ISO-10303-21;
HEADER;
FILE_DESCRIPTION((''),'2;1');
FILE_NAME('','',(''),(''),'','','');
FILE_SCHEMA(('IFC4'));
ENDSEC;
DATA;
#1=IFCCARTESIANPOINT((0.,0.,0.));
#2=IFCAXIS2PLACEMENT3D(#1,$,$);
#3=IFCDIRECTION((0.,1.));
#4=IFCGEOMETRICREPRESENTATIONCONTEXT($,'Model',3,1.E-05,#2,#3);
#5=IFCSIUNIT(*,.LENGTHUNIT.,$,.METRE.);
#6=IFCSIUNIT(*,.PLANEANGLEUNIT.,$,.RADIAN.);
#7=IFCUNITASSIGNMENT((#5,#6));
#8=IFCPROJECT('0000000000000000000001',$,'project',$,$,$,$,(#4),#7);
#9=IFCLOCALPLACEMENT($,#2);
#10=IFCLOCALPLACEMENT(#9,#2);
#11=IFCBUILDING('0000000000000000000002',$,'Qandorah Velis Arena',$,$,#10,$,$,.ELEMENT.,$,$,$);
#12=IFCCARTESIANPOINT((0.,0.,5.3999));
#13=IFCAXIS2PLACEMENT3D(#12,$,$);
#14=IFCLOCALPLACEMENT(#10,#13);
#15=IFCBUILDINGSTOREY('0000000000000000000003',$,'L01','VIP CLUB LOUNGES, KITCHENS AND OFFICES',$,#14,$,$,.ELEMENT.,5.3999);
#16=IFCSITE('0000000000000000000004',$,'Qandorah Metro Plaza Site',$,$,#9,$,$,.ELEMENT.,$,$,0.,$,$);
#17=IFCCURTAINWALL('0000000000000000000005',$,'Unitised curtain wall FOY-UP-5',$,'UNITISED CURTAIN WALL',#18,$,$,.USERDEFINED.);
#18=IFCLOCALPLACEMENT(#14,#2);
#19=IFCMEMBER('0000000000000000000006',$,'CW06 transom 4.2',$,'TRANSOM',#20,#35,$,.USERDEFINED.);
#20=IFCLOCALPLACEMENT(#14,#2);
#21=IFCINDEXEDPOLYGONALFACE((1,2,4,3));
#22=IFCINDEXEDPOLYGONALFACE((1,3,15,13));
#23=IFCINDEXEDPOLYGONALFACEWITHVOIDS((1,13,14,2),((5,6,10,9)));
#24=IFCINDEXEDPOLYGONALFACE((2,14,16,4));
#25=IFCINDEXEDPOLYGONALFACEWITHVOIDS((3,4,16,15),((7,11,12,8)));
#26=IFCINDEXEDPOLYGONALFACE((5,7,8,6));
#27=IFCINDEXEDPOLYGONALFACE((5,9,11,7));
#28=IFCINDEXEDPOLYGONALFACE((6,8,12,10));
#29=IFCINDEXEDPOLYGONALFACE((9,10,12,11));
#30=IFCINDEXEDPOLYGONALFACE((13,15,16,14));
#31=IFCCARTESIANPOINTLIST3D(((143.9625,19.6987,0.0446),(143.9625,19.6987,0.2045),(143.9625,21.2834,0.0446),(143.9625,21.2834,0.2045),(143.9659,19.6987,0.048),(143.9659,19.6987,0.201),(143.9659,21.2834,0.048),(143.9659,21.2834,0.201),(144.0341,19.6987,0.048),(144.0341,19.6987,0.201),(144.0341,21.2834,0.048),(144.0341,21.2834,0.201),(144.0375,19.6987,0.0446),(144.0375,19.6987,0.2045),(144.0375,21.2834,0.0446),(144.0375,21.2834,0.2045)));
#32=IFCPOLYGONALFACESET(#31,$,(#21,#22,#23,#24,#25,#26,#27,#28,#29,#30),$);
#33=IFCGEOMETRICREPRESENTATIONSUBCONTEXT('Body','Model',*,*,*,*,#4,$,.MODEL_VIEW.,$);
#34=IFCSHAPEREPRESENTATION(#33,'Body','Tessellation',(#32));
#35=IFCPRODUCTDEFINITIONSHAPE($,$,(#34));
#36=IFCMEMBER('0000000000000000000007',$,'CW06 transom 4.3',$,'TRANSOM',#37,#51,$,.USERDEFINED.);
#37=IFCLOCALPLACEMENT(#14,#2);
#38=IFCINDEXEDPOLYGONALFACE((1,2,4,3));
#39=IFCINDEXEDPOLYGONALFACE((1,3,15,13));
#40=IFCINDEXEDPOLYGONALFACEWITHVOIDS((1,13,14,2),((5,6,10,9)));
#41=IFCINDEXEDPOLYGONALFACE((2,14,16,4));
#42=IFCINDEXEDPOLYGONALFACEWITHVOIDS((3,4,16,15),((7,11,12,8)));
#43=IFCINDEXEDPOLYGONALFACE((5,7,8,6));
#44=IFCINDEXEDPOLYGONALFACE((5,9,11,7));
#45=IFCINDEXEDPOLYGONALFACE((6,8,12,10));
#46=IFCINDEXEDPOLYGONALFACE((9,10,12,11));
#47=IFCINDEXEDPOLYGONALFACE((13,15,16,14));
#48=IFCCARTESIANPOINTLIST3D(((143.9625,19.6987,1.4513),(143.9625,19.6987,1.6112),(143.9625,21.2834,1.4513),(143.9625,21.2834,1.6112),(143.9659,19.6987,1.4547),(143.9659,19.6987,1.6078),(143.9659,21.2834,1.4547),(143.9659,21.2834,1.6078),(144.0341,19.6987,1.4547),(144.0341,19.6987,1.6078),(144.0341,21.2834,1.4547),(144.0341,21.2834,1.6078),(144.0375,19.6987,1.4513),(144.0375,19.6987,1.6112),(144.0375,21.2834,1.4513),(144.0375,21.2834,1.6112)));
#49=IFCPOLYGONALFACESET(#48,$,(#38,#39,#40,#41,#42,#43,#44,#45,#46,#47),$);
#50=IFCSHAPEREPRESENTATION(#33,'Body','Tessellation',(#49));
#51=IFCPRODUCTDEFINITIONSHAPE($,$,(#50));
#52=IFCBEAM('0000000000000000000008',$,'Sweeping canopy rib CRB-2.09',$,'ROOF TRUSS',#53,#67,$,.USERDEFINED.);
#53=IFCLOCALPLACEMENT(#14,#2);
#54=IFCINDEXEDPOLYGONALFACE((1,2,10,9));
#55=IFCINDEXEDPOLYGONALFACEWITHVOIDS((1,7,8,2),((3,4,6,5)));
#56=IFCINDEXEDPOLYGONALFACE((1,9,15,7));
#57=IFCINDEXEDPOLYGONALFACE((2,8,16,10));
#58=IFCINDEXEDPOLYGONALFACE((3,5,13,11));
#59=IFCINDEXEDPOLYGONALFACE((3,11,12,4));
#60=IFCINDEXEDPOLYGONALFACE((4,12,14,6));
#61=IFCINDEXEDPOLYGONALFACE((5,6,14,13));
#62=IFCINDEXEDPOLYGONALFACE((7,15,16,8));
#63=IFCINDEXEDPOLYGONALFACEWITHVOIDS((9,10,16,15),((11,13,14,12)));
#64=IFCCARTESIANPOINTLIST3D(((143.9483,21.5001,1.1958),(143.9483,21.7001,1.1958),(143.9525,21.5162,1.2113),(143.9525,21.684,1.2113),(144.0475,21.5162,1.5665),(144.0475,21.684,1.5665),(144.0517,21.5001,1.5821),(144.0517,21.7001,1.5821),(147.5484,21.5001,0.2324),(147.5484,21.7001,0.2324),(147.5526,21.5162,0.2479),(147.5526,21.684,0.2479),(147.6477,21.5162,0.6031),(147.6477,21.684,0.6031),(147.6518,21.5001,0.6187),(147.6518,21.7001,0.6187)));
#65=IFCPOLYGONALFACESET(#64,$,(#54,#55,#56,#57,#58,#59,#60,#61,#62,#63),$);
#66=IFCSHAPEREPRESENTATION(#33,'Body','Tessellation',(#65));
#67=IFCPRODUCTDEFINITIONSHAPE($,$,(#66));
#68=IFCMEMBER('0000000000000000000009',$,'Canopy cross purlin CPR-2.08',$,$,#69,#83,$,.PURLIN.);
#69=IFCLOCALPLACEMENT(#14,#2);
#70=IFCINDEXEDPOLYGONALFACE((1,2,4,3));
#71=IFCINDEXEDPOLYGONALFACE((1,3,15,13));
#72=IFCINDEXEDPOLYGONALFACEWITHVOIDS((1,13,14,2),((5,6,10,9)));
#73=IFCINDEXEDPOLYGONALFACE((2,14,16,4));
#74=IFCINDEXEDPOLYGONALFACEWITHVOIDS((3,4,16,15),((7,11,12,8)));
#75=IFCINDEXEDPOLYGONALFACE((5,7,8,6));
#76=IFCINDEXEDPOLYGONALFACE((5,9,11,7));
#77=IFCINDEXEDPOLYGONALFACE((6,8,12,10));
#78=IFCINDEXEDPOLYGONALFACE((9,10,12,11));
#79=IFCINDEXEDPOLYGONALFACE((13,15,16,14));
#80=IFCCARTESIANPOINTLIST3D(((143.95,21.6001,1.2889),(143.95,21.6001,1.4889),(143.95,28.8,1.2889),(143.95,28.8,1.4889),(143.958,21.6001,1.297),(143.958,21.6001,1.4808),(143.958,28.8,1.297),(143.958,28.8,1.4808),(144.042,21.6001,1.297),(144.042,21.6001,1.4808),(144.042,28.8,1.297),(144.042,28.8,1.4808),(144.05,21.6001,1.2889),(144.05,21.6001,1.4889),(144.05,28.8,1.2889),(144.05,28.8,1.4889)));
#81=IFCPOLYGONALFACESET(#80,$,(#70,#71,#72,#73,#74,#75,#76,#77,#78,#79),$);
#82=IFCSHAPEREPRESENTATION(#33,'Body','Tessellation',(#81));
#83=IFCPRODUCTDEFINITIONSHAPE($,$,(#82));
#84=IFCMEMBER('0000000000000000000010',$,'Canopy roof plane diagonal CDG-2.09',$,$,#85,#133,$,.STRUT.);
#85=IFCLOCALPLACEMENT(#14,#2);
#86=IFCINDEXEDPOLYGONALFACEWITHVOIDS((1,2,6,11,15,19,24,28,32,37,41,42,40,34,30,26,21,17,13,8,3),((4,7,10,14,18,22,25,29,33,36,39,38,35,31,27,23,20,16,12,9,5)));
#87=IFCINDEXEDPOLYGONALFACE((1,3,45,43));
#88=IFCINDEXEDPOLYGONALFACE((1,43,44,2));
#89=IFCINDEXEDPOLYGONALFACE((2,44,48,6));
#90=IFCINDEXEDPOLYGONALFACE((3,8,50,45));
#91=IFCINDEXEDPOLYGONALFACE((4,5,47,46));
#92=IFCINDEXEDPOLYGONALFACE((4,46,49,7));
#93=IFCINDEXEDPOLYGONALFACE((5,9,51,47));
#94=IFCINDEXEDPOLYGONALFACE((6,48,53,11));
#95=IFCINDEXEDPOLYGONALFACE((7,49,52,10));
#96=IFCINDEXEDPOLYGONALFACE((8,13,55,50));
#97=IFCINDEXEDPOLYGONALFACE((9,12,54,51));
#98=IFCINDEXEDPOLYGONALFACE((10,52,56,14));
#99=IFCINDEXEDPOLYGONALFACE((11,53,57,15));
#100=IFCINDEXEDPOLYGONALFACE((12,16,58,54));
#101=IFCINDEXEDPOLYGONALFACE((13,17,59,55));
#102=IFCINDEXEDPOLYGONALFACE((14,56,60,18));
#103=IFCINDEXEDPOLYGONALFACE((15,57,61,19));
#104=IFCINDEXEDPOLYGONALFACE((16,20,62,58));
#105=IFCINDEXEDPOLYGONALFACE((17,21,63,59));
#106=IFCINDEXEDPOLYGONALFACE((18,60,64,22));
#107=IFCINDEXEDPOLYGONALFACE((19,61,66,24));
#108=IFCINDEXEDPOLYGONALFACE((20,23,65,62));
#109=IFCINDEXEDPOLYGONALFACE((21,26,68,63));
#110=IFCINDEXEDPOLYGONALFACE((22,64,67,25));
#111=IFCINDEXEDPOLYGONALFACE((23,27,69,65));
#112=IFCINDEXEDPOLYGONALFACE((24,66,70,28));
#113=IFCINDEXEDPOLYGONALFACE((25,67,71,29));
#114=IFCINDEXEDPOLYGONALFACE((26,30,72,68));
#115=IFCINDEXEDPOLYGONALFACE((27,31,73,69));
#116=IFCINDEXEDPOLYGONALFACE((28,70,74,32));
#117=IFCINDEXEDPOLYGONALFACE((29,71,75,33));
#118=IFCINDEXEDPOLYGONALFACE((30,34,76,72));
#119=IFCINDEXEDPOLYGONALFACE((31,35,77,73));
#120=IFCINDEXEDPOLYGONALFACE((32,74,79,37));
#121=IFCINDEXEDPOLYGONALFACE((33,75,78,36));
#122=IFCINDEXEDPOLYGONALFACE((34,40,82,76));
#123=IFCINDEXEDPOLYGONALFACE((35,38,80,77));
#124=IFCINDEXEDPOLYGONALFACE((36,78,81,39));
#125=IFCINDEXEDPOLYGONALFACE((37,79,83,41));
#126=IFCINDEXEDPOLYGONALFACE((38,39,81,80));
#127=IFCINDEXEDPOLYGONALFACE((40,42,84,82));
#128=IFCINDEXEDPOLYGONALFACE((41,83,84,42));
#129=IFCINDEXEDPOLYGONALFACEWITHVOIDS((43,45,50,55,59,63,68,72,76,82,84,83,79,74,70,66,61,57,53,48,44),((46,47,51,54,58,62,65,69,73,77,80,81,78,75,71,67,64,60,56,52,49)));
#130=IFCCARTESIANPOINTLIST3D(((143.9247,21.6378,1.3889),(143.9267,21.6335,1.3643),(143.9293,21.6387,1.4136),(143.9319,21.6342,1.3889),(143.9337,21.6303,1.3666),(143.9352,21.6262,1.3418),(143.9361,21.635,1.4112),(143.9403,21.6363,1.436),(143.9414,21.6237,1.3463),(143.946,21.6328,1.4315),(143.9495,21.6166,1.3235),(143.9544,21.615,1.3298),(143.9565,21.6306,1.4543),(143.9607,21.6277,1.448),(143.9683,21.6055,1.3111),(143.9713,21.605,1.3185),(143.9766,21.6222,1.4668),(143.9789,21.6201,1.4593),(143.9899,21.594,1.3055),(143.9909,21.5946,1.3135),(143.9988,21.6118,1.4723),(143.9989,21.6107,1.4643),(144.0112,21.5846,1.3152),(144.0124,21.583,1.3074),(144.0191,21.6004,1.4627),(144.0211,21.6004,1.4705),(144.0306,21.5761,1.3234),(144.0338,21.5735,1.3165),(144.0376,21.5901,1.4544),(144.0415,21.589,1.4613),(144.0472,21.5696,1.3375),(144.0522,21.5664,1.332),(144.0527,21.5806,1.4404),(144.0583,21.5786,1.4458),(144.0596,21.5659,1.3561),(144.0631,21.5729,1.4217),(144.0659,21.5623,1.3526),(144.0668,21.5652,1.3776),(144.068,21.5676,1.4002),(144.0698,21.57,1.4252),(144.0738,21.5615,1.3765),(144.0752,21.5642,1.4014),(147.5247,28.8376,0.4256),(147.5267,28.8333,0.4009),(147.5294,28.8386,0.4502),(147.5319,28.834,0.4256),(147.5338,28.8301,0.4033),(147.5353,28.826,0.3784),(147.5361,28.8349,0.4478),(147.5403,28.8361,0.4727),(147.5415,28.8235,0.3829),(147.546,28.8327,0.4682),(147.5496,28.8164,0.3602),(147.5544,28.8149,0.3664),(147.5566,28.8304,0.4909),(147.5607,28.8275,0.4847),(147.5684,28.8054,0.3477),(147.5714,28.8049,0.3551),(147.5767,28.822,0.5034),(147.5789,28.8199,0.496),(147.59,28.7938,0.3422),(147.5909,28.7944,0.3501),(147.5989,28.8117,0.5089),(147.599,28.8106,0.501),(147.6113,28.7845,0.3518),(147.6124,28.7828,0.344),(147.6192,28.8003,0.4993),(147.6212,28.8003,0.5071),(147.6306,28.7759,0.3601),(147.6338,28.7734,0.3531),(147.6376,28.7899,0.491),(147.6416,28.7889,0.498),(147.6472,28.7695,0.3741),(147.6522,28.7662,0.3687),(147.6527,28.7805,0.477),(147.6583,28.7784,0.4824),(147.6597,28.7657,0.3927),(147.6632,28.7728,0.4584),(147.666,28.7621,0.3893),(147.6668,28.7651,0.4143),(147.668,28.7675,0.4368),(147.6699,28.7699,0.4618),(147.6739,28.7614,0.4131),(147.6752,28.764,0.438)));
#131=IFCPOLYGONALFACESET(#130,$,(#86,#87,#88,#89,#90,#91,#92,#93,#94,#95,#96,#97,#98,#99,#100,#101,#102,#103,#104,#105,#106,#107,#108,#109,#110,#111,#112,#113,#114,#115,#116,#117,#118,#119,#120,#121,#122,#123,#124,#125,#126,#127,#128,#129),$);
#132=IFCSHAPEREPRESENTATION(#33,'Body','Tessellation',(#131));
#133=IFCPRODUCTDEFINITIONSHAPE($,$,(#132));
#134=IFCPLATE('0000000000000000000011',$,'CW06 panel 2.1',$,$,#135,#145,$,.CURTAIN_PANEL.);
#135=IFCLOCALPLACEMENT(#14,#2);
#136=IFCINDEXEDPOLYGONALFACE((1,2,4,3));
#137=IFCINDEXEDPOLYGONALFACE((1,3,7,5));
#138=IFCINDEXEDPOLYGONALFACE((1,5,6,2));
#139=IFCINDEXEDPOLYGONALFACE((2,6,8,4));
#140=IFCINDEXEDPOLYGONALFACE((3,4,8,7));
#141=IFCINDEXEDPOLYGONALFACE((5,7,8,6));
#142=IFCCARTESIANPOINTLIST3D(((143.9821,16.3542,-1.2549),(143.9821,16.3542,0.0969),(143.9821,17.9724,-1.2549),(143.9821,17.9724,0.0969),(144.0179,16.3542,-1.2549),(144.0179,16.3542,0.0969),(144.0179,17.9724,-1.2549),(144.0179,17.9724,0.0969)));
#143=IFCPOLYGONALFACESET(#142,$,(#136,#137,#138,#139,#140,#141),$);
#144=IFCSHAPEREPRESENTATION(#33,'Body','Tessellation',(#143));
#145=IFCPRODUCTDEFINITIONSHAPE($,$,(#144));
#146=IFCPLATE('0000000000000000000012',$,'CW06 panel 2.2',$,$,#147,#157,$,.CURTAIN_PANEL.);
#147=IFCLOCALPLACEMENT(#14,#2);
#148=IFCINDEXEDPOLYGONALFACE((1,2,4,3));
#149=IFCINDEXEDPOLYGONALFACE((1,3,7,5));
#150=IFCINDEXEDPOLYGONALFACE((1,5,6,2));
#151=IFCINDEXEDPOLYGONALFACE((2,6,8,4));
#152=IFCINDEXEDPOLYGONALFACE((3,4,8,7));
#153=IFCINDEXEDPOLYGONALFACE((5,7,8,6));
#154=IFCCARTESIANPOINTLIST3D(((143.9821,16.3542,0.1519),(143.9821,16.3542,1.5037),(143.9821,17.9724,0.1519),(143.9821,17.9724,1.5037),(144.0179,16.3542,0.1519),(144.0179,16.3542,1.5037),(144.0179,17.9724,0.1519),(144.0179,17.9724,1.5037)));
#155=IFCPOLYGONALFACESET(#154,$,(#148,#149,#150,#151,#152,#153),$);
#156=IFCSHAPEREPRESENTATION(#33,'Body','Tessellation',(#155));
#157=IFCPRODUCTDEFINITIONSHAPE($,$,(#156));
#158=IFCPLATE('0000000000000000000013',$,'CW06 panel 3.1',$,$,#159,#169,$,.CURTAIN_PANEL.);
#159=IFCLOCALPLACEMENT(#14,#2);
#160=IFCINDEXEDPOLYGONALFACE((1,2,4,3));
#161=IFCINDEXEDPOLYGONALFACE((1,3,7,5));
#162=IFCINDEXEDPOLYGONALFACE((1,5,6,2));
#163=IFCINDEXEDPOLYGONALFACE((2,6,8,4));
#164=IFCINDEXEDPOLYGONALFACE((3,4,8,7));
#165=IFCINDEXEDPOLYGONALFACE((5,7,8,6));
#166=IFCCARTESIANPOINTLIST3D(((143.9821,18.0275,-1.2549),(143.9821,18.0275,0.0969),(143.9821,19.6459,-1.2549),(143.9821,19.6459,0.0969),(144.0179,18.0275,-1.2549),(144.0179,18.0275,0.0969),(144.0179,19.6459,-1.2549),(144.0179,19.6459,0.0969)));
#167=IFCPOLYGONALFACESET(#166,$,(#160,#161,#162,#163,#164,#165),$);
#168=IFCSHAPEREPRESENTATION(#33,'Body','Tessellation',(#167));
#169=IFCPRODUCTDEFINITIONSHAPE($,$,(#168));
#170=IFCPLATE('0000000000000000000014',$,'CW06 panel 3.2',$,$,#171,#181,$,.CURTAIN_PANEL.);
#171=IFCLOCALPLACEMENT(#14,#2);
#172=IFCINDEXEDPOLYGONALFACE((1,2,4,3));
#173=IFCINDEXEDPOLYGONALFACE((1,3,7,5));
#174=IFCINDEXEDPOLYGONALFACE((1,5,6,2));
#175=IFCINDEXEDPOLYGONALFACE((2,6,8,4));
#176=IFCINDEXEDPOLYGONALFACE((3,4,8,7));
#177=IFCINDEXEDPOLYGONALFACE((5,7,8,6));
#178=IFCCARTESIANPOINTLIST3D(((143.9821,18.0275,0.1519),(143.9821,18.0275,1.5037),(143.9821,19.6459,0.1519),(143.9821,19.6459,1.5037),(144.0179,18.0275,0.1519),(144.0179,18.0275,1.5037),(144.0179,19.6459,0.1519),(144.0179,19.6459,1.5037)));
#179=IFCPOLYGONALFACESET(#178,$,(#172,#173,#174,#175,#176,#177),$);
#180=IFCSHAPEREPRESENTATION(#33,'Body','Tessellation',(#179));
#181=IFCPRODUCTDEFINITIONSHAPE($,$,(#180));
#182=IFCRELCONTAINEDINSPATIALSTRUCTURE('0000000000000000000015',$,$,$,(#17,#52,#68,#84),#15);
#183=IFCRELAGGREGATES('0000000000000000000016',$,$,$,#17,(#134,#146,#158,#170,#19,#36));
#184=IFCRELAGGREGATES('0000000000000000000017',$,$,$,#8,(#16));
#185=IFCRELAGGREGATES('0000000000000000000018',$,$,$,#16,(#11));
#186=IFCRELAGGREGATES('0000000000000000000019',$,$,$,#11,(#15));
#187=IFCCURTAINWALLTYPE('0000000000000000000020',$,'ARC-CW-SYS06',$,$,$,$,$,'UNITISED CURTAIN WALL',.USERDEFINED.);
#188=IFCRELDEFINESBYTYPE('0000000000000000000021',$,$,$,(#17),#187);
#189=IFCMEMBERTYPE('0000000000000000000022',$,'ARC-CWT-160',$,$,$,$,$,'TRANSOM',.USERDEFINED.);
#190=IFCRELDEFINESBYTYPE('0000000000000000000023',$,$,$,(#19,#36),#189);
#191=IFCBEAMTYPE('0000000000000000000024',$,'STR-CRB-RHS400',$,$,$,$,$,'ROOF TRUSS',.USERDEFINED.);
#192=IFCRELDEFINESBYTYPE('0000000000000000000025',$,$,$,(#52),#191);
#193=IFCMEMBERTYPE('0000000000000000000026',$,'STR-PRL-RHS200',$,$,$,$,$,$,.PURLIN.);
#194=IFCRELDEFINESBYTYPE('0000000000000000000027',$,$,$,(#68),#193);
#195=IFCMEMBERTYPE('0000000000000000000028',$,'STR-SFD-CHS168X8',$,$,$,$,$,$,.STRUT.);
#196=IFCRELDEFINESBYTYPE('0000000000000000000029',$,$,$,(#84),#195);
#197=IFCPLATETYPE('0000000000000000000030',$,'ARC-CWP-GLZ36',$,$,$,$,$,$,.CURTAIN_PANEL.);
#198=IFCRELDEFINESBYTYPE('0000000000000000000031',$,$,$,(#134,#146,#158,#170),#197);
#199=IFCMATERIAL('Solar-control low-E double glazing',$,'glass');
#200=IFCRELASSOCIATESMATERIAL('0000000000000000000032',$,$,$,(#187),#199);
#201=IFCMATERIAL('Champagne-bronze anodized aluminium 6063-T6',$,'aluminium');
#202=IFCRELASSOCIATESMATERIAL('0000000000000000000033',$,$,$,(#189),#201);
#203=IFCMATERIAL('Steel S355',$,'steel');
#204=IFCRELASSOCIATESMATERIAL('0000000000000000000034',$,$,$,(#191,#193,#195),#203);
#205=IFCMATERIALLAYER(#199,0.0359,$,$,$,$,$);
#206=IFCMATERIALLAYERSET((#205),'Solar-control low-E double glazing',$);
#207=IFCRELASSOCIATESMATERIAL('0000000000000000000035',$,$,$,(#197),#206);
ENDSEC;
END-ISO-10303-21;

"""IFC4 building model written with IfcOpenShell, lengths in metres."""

from ifc_helpers import new_model, si_unit, direction, frame, origin, origin_2d, place, context, subcontext, project, spatial, rectangle, hollow_rectangle, hollow_circle, extrude, material, layer, layer_set, material_profile, profile_set, type_object, element, aggregate, save


model = new_model("IFC4")

# Units and contexts
model_context = context("Model", 3, precision=1e-05, world=origin(), true_north=direction((0.0, 1.0)))
body_context = subcontext(model_context, "Body", "Model", "MODEL_VIEW")
ifc_project = project(units=[si_unit("LENGTHUNIT", "METRE"), si_unit("PLANEANGLEUNIT", "RADIAN")], contexts=[model_context])

# Site, building, storey
site_placement = place(None, origin())
site = spatial("IfcSite", under=ifc_project, at=site_placement, Name="Qandorah Metro Plaza Site", CompositionType="ELEMENT", RefElevation=0.0)
building_placement = place(site_placement, origin())
building = spatial("IfcBuilding", under=site, at=building_placement, Name="Qandorah Velis Arena", CompositionType="ELEMENT")
storey_placement = place(building_placement, frame((0.0, 0.0, 5.3999)))
storey = spatial("IfcBuildingStorey", under=building, at=storey_placement, Name="L01", Description="VIP CLUB LOUNGES, KITCHENS AND OFFICES", CompositionType="ELEMENT", Elevation=5.3999)

# Shared definitions
ifc_material_1 = material(Name="Steel S355", Category="steel")

# Curtain wall, members
ifc_material_2 = material(Name="Solar-control low-E double glazing", Category="glass")
curtain_wall_type = type_object("IfcCurtainWallType", Name="ARC-CW-SYS06", ElementType="UNITISED CURTAIN WALL", PredefinedType="USERDEFINED", material=ifc_material_2)
curtain_wall_placement = place(storey_placement, origin())
curtain_wall = element("IfcCurtainWall", 1, at=curtain_wall_placement, inside=storey, type_object=curtain_wall_type, Name="Unitised curtain wall FOY-UP-5", ObjectType="UNITISED CURTAIN WALL", PredefinedType="USERDEFINED")
ifc_material_3 = material(Name="Champagne-bronze anodized aluminium 6063-T6", Category="aluminium")
ifc_material_profile_1 = material_profile(ifc_material_3, hollow_rectangle(XDim=0.075, YDim=0.1599, WallThickness=0.0034, at=origin_2d()), Name="ALU TRANSOM 75x160")
ifc_profile_set_1 = profile_set([ifc_material_profile_1], Name="Champagne-bronze anodized aluminium 6063-T6")
member_type_1 = type_object("IfcMemberType", Name="ARC-CWT-160", ElementType="TRANSOM", PredefinedType="USERDEFINED", material=ifc_profile_set_1)
member_1_placement = place(storey_placement, frame((144.0, 19.6987, 0.1245), z_axis=(0.0, 1.0, 0.0), x_axis=(-1.0, 0.0, 0.0)))
member_1 = element("IfcMember", 2, at=member_1_placement, type_object=member_type_1, Name="CW06 transom 4.2", ObjectType="TRANSOM", PredefinedType="USERDEFINED", context=body_context, shape_type="SweptSolid", body=[
    extrude(hollow_rectangle(XDim=0.075, YDim=0.1599, WallThickness=0.0034, at=origin_2d()), origin(), (0.0, 0.0, 1.0), 1.5847),
])
member_2_placement = place(storey_placement, frame((144.0, 19.6987, 1.5312), z_axis=(0.0, 1.0, 0.0), x_axis=(-1.0, 0.0, 0.0)))
member_2 = element("IfcMember", 3, at=member_2_placement, type_object=member_type_1, Name="CW06 transom 4.3", ObjectType="TRANSOM", PredefinedType="USERDEFINED", context=body_context, shape_type="SweptSolid", body=[
    extrude(hollow_rectangle(XDim=0.075, YDim=0.1599, WallThickness=0.0034, at=origin_2d()), origin(), (0.0, 0.0, 1.0), 1.5847),
])

# Beam
ifc_material_profile_2 = material_profile(ifc_material_1, hollow_rectangle(XDim=0.2, YDim=0.3999, WallThickness=0.0161, at=origin_2d()), Name="RHS 400x200x16")
ifc_profile_set_2 = profile_set([ifc_material_profile_2], Name="Steel S355")
beam_type = type_object("IfcBeamType", Name="STR-CRB-RHS400", ElementType="ROOF TRUSS", PredefinedType="USERDEFINED", material=ifc_profile_set_2)
beam_placement = place(storey_placement, frame((144.0, 21.6001, 1.3889), z_axis=(0.966011, 0.0, -0.258502), x_axis=(0.0, 1.0, 0.0)))
element("IfcBeam", 4, at=beam_placement, inside=storey, type_object=beam_type, Name="Sweeping canopy rib CRB-2.09", ObjectType="ROOF TRUSS", PredefinedType="USERDEFINED", context=body_context, shape_type="SweptSolid", body=[
    extrude(hollow_rectangle(XDim=0.2, YDim=0.3999, WallThickness=0.0161, at=origin_2d()), origin(), (0.0, 0.0, 1.0), 3.7268),
])

# Members
ifc_material_profile_3 = material_profile(ifc_material_1, hollow_rectangle(XDim=0.1001, YDim=0.2, WallThickness=0.0081, at=origin_2d()), Name="RHS 200x100x8")
ifc_profile_set_3 = profile_set([ifc_material_profile_3], Name="Steel S355")
member_type_2 = type_object("IfcMemberType", Name="STR-PRL-RHS200", PredefinedType="PURLIN", material=ifc_profile_set_3)
member_3_placement = place(storey_placement, frame((144.0, 21.6001, 1.3889), z_axis=(0.0, 1.0, 0.0), x_axis=(-1.0, 0.0, 0.0)))
element("IfcMember", 5, at=member_3_placement, inside=storey, type_object=member_type_2, Name="Canopy cross purlin CPR-2.08", PredefinedType="PURLIN", context=body_context, shape_type="SweptSolid", body=[
    extrude(hollow_rectangle(XDim=0.1001, YDim=0.2, WallThickness=0.0081, at=origin_2d()), origin(), (0.0, 0.0, 1.0), 7.2),
])
ifc_material_profile_4 = material_profile(ifc_material_1, hollow_circle(Radius=0.0842, WallThickness=0.0081, at=origin_2d()), Name="CHS 168.3x8")
ifc_profile_set_4 = profile_set([ifc_material_profile_4], Name="Steel S355")
member_type_3 = type_object("IfcMemberType", Name="STR-SFD-CHS168X8", PredefinedType="STRUT", material=ifc_profile_set_4)
member_4_placement = place(storey_placement, frame((144.0, 21.6001, 1.3889), z_axis=(0.444057, 0.888084, -0.118829), x_axis=(-0.894421, 0.447226, 0.0)))
element("IfcMember", 6, at=member_4_placement, inside=storey, type_object=member_type_3, Name="Canopy roof plane diagonal CDG-2.09", PredefinedType="STRUT", context=body_context, shape_type="SweptSolid", body=[
    extrude(hollow_circle(Radius=0.0842, WallThickness=0.0081, at=origin_2d()), origin(), (0.0, 0.0, 1.0), 8.1072),
])

# Plates
ifc_layer_1 = layer(ifc_material_2, 0.0359)
ifc_layer_set_1 = layer_set([ifc_layer_1], Name="Solar-control low-E double glazing")
plate_type_1 = type_object("IfcPlateType", Name="ARC-CWP-GLZ36", PredefinedType="CURTAIN_PANEL", material=ifc_layer_set_1)
plate_1_placement = place(storey_placement, frame((144.0, 17.1633, -1.2549), z_axis=(0.0, 0.0, 1.0), x_axis=(0.0, 1.0, 0.0)))
plate_1 = element("IfcPlate", 7, at=plate_1_placement, type_object=plate_type_1, Name="CW06 panel 2.1", PredefinedType="CURTAIN_PANEL", context=body_context, shape_type="SweptSolid", body=[
    extrude(rectangle(XDim=1.6182, YDim=0.0359, at=origin_2d()), origin(), (0.0, 0.0, 1.0), 1.3518),
])
plate_2_placement = place(storey_placement, frame((144.0, 17.1633, 0.1519), z_axis=(0.0, 0.0, 1.0), x_axis=(0.0, 1.0, 0.0)))
plate_2 = element("IfcPlate", 8, at=plate_2_placement, type_object=plate_type_1, Name="CW06 panel 2.2", PredefinedType="CURTAIN_PANEL", context=body_context, shape_type="SweptSolid", body=[
    extrude(rectangle(XDim=1.6182, YDim=0.0359, at=origin_2d()), origin(), (0.0, 0.0, 1.0), 1.3518),
])
plate_3_placement = place(storey_placement, frame((144.0, 18.8367, -1.2549), z_axis=(0.0, 0.0, 1.0), x_axis=(0.0, 1.0, 0.0)))
plate_3 = element("IfcPlate", 9, at=plate_3_placement, type_object=plate_type_1, Name="CW06 panel 3.1", PredefinedType="CURTAIN_PANEL", context=body_context, shape_type="SweptSolid", body=[
    extrude(rectangle(XDim=1.6184, YDim=0.0359, at=origin_2d()), origin(), (0.0, 0.0, 1.0), 1.3518),
])
plate_4_placement = place(storey_placement, frame((144.0, 18.8367, 0.1519), z_axis=(0.0, 0.0, 1.0), x_axis=(0.0, 1.0, 0.0)))
plate_4 = element("IfcPlate", 10, at=plate_4_placement, type_object=plate_type_1, Name="CW06 panel 3.2", PredefinedType="CURTAIN_PANEL", context=body_context, shape_type="SweptSolid", body=[
    extrude(rectangle(XDim=1.6184, YDim=0.0359, at=origin_2d()), origin(), (0.0, 0.0, 1.0), 1.3518),
])
aggregate(curtain_wall, [plate_1, plate_2, plate_3, plate_4, member_1, member_2])

save(model, "model.ifc")
